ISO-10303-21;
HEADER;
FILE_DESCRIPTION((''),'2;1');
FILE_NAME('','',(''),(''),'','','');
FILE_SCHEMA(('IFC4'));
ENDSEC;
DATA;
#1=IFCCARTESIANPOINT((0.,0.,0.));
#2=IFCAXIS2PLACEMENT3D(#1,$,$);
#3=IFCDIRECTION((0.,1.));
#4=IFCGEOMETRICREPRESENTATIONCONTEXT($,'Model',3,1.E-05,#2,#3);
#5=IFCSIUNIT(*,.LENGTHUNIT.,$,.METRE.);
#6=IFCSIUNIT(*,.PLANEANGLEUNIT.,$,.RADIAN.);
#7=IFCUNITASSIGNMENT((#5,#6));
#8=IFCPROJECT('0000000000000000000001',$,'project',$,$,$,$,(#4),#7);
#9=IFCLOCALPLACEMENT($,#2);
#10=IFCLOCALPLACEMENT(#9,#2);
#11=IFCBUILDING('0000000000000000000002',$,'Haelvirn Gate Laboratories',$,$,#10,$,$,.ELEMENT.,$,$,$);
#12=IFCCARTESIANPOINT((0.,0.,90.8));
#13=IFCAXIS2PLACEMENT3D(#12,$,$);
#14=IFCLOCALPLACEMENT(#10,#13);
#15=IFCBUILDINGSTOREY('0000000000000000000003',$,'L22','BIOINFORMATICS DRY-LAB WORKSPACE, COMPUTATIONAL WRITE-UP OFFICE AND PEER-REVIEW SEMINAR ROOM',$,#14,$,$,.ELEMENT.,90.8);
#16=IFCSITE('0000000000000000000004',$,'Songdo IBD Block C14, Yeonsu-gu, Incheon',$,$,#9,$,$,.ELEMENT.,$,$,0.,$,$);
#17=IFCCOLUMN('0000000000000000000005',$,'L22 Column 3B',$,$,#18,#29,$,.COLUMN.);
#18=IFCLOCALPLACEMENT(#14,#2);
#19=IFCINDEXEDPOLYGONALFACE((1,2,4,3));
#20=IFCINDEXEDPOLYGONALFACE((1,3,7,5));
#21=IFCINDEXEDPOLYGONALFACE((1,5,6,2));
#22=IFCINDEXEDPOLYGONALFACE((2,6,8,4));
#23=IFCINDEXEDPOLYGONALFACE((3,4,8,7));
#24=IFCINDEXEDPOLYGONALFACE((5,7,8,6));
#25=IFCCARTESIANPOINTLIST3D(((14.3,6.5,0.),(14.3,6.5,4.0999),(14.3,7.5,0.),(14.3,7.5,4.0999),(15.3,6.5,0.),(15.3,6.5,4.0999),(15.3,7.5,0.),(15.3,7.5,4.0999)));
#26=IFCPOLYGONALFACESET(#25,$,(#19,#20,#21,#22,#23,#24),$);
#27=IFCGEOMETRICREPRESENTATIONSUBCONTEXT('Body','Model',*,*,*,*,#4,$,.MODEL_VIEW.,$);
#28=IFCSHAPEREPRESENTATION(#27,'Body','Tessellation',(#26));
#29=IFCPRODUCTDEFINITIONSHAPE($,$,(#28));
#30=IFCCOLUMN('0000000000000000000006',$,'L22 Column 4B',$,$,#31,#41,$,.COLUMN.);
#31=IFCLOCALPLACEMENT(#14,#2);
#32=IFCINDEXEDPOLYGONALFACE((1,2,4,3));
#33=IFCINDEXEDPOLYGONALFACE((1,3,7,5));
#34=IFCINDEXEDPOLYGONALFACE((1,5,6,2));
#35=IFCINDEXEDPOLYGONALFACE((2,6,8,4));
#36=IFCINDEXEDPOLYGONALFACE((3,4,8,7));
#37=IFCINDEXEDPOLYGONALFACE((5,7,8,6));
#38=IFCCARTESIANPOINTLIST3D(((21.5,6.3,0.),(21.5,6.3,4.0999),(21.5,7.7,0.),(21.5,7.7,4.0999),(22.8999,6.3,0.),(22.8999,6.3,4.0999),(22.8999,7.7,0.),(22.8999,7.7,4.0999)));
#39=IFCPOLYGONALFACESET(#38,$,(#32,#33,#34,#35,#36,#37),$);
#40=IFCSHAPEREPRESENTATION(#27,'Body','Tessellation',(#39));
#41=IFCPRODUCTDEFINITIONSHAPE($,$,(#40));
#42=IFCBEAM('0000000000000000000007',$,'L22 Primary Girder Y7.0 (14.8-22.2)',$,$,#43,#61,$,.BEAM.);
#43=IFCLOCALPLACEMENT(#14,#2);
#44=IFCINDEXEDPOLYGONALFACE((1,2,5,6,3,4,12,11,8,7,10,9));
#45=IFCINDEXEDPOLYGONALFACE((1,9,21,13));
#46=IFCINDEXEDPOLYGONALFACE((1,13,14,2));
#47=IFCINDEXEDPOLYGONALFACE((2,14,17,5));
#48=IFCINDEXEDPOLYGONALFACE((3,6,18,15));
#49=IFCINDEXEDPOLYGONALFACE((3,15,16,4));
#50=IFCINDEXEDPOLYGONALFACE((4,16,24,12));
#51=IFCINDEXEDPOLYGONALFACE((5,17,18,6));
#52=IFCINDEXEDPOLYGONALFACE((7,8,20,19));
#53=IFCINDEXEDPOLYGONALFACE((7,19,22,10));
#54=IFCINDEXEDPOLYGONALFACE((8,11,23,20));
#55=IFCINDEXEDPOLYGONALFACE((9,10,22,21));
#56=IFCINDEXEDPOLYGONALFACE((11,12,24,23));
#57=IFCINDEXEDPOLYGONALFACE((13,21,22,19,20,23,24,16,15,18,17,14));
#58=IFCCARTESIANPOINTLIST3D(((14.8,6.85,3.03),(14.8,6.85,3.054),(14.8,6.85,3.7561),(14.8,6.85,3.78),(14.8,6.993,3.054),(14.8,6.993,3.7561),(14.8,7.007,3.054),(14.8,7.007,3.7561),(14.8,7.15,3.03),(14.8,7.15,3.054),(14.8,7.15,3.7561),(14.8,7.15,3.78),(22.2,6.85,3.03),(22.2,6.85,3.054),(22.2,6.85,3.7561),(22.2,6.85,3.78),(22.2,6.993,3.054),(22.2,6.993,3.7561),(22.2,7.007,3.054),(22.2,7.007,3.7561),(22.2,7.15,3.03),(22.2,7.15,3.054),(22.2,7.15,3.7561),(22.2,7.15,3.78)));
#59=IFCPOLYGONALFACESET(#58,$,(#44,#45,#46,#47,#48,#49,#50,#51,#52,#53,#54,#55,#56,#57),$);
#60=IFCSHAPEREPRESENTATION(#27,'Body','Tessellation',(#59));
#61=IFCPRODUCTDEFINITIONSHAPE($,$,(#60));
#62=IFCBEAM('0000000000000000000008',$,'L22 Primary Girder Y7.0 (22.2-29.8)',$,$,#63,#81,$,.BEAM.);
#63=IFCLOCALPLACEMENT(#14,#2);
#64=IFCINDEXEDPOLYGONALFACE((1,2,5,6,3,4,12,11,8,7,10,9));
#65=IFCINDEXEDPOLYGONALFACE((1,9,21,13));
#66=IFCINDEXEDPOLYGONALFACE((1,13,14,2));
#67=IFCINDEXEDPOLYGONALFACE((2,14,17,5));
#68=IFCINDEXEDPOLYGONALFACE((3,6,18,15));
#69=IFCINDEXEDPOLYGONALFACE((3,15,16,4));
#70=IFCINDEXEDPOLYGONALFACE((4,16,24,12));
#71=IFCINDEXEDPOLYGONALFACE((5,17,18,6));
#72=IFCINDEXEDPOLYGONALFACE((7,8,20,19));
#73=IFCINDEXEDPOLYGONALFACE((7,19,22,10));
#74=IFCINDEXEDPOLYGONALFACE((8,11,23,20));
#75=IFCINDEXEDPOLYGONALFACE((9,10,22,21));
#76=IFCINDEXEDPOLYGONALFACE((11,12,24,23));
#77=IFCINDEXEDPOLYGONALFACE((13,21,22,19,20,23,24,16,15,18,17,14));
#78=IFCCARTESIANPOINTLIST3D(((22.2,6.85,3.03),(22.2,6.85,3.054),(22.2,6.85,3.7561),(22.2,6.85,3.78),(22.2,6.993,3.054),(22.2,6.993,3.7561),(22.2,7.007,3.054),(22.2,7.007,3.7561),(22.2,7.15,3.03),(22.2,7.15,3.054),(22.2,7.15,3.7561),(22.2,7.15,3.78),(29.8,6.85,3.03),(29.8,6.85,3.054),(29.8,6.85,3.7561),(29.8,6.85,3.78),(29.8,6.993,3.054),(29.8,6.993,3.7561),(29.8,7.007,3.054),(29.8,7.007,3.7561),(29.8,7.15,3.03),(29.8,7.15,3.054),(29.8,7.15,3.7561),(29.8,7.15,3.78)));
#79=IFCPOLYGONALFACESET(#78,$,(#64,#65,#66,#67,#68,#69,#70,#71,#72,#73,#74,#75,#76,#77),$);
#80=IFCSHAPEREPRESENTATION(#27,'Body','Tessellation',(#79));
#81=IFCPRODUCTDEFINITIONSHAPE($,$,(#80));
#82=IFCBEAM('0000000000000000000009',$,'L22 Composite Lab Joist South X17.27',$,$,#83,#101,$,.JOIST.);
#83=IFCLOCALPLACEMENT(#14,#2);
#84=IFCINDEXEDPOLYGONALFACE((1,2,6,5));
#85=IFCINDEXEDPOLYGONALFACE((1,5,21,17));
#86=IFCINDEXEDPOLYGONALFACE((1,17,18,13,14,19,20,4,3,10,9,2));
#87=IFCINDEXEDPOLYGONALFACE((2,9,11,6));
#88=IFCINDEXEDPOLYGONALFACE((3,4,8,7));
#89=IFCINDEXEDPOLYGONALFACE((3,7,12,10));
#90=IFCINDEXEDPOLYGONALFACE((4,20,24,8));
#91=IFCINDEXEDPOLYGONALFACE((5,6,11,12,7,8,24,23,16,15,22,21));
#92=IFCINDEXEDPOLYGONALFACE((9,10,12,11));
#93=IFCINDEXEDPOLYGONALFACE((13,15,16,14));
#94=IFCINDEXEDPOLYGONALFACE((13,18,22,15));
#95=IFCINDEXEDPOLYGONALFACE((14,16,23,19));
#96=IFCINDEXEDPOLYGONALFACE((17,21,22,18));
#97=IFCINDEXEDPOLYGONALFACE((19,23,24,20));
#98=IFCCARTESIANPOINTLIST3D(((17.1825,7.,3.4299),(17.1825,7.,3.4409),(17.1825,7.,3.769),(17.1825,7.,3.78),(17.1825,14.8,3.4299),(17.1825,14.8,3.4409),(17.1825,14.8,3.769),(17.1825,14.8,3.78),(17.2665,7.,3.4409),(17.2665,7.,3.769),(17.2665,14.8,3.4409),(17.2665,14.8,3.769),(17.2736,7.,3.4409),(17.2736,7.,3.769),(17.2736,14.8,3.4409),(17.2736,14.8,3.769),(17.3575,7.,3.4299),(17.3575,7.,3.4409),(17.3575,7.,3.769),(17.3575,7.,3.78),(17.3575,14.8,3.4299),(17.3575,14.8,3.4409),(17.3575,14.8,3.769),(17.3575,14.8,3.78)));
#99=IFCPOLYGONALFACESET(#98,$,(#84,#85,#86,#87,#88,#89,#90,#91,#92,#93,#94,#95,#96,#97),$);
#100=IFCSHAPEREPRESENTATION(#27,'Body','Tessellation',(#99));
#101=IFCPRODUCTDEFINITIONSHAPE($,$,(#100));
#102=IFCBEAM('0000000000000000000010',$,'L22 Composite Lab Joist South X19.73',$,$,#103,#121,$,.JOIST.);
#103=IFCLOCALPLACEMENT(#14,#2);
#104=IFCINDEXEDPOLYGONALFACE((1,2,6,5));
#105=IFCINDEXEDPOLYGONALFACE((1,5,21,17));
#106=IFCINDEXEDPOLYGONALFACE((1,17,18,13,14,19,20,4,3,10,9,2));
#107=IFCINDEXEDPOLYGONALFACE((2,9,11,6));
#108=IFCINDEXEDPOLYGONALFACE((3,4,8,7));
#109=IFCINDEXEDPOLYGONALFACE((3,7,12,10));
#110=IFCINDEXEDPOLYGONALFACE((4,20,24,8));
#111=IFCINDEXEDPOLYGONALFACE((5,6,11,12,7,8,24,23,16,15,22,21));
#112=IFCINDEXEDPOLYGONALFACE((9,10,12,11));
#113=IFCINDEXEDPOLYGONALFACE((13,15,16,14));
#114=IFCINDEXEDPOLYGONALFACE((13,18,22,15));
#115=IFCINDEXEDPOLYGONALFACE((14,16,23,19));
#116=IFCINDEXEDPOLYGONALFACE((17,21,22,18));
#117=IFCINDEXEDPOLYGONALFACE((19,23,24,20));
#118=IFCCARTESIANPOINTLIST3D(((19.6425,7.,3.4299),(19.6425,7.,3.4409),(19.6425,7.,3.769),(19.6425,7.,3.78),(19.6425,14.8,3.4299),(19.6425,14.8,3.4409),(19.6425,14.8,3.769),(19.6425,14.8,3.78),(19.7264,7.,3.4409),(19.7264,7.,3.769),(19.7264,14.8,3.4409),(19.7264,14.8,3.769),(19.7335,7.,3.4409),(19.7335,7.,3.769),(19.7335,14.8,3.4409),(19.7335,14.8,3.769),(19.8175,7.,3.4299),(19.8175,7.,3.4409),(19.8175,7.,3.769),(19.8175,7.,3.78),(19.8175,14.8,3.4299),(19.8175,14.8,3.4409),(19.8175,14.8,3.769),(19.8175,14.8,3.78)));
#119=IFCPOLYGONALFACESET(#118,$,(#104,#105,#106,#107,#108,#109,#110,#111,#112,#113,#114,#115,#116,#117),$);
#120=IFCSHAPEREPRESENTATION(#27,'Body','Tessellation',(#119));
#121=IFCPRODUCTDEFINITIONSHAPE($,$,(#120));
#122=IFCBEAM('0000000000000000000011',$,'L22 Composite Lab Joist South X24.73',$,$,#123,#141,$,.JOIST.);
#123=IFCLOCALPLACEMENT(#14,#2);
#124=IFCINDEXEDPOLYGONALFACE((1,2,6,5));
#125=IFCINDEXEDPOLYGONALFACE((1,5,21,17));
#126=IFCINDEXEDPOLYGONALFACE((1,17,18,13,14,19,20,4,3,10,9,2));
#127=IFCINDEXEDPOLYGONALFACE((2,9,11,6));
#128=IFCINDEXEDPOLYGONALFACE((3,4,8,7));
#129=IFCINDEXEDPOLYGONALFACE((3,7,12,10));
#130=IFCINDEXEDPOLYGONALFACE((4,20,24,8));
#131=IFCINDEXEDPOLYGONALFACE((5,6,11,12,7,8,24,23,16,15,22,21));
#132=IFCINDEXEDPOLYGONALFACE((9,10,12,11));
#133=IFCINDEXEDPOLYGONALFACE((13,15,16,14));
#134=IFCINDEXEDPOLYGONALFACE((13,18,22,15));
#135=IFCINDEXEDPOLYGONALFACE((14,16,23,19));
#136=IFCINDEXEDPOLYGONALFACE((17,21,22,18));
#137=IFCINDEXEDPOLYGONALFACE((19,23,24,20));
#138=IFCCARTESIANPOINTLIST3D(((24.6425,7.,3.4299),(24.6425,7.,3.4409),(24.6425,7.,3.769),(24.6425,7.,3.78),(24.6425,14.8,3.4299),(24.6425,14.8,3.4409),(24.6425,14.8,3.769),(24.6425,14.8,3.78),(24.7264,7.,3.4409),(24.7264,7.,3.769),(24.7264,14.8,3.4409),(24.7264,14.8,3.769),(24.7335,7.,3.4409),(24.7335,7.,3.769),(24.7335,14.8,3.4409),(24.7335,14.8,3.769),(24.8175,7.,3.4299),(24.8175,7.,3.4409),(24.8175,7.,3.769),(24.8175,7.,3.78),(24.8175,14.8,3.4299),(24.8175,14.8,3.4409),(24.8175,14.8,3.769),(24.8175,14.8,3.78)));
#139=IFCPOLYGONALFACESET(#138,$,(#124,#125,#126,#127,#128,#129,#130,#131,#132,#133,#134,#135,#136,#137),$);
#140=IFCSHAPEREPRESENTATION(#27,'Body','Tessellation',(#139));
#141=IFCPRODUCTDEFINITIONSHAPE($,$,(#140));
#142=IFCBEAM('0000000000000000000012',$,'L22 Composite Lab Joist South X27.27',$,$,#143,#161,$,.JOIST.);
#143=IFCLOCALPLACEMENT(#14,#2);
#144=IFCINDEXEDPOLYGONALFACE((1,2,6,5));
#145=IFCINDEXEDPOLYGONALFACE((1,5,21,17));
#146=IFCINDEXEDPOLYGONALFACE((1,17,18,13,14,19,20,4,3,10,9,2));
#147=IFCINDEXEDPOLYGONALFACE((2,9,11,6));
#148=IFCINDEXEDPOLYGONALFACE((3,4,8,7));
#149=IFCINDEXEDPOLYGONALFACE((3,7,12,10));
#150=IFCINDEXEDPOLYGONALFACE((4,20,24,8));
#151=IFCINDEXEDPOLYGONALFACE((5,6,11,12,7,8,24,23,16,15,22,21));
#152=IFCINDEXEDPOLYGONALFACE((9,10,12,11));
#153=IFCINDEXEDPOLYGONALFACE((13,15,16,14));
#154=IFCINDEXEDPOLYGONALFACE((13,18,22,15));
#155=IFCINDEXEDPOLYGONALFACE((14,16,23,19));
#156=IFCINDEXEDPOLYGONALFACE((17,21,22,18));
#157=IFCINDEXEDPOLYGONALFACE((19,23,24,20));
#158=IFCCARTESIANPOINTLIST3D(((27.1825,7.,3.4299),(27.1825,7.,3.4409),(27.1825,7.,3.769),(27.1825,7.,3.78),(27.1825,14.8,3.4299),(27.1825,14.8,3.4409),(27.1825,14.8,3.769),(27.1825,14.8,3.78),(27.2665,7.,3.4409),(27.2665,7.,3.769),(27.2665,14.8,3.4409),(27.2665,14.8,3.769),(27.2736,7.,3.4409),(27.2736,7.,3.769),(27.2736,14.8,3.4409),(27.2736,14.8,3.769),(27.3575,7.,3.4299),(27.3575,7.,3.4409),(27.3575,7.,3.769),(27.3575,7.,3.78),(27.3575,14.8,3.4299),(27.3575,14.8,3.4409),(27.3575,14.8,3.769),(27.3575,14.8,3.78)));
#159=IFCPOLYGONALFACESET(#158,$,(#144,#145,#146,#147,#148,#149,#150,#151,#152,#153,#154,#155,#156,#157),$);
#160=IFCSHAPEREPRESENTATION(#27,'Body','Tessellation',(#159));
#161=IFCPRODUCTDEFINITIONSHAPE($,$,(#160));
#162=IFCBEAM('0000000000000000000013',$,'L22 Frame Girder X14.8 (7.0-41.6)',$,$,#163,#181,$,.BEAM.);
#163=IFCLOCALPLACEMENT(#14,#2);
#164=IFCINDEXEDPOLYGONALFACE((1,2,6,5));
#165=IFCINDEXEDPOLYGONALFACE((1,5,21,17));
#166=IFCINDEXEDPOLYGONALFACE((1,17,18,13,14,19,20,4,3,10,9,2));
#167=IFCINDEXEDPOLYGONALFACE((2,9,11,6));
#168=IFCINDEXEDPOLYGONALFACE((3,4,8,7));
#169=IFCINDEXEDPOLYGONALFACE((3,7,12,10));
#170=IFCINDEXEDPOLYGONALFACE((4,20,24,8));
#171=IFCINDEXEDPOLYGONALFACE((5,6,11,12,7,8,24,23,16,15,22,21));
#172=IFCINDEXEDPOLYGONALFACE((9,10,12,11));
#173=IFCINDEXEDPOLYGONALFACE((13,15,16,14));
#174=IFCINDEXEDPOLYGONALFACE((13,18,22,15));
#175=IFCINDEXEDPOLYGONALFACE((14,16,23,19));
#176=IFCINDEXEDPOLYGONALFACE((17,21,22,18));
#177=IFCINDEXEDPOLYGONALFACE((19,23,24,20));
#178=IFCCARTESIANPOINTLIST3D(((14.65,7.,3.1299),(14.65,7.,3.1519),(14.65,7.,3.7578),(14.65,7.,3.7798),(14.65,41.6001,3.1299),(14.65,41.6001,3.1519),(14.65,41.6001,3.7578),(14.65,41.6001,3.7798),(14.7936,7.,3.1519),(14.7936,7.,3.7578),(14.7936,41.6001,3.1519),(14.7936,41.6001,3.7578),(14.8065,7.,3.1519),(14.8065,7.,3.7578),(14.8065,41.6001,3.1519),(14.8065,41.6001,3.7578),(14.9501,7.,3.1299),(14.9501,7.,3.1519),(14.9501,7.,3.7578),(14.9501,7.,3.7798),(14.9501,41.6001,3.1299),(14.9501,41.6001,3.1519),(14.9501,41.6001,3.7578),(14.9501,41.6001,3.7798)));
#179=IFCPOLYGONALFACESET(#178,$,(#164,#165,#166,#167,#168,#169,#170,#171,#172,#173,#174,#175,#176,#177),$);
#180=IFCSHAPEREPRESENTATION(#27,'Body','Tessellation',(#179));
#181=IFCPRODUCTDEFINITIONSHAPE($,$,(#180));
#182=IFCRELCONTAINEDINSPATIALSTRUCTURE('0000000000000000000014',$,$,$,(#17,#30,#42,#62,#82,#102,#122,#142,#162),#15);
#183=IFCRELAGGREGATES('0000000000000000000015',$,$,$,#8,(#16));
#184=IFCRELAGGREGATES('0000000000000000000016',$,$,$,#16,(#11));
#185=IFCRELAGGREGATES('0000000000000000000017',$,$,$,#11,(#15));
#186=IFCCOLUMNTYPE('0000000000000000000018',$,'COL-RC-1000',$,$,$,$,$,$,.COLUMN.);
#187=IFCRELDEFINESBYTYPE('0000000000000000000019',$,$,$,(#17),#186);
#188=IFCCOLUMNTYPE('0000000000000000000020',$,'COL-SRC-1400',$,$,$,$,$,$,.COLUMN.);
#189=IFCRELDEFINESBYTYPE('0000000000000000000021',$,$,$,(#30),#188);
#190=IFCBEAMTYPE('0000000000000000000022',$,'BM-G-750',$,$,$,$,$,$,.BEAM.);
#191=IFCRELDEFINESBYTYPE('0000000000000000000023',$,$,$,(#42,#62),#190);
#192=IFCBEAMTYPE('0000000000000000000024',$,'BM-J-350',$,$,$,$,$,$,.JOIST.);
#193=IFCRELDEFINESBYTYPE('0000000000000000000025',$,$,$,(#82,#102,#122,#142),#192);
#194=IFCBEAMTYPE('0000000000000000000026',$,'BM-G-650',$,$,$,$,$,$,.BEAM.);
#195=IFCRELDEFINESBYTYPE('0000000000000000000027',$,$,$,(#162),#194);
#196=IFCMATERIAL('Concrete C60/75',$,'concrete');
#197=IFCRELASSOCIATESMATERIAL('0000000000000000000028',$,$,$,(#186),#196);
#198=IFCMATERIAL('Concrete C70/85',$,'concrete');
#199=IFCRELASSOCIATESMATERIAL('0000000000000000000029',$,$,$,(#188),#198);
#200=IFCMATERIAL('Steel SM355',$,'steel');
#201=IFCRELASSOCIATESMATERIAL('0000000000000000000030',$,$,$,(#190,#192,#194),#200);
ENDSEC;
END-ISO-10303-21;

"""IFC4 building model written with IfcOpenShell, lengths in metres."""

from ifc_helpers import new_model, si_unit, direction, frame, origin, origin_2d, place, context, subcontext, project, spatial, rectangle, i_section, extrude, source, transform, mapped, material, material_profile, profile_set, type_object, type_shapes, element, save


model = new_model("IFC4")

# Units and contexts
model_context = context("Model", 3, precision=1e-05, world=origin(), true_north=direction((0.0, 1.0)))
body_context = subcontext(model_context, "Body", "Model", "MODEL_VIEW")
ifc_project = project(units=[si_unit("LENGTHUNIT", "METRE"), si_unit("PLANEANGLEUNIT", "RADIAN")], contexts=[model_context])

# Site, building, storey
site_placement = place(None, origin())
site = spatial("IfcSite", under=ifc_project, at=site_placement, Name="Songdo IBD Block C14, Yeonsu-gu, Incheon", CompositionType="ELEMENT", RefElevation=0.0)
building_placement = place(site_placement, origin())
building = spatial("IfcBuilding", under=site, at=building_placement, Name="Haelvirn Gate Laboratories", CompositionType="ELEMENT")
storey_placement = place(building_placement, frame((0.0, 0.0, 90.8)))
storey = spatial("IfcBuildingStorey", under=building, at=storey_placement, Name="L22", Description="BIOINFORMATICS DRY-LAB WORKSPACE, COMPUTATIONAL WRITE-UP OFFICE AND PEER-REVIEW SEMINAR ROOM", CompositionType="ELEMENT", Elevation=90.8)

# Columns
ifc_material_1 = material(Name="Concrete C60/75", Category="concrete")
ifc_material_profile_1 = material_profile(ifc_material_1, rectangle(XDim=1.0, YDim=1.0, at=origin_2d()), Name="RC-1000x1000")
ifc_profile_set_1 = profile_set([ifc_material_profile_1], Name="Concrete C60/75")
column_type_1 = type_object("IfcColumnType", Name="COL-RC-1000", PredefinedType="COLUMN", material=ifc_profile_set_1)
shared_shape_1 = source(origin(), body_context, "Body", "SweptSolid", [
    extrude(rectangle(XDim=1.0, YDim=1.0, at=origin_2d()), origin(), (0.0, 0.0, 1.0), 4.0999),
])
type_shapes(column_type_1, [shared_shape_1])
column_1_placement = place(storey_placement, frame((14.8, 7.0, 0.0), z_axis=(0.0, 0.0, 1.0), x_axis=(1.0, 0.0, 0.0)))
element("IfcColumn", 1, at=column_1_placement, inside=storey, type_object=column_type_1, Name="L22 Column 3B", PredefinedType="COLUMN", context=body_context, shape_type="MappedRepresentation", body=[
    mapped(shared_shape_1, transform((0.0, 0.0, 0.0), scale=1.0)),
])
ifc_material_2 = material(Name="Concrete C70/85", Category="concrete")
ifc_material_profile_2 = material_profile(ifc_material_2, rectangle(XDim=1.3999, YDim=1.3999, at=origin_2d()), Name="SRC-1400x1400")
ifc_profile_set_2 = profile_set([ifc_material_profile_2], Name="Concrete C70/85")
column_type_2 = type_object("IfcColumnType", Name="COL-SRC-1400", PredefinedType="COLUMN", material=ifc_profile_set_2)
shared_shape_2 = source(origin(), body_context, "Body", "SweptSolid", [
    extrude(rectangle(XDim=1.3999, YDim=1.3999, at=origin_2d()), origin(), (0.0, 0.0, 1.0), 4.0999),
])
type_shapes(column_type_2, [shared_shape_2])
column_2_placement = place(storey_placement, frame((22.2, 7.0, 0.0), z_axis=(0.0, 0.0, 1.0), x_axis=(1.0, 0.0, 0.0)))
element("IfcColumn", 2, at=column_2_placement, inside=storey, type_object=column_type_2, Name="L22 Column 4B", PredefinedType="COLUMN", context=body_context, shape_type="MappedRepresentation", body=[
    mapped(shared_shape_2, transform((0.0, 0.0, 0.0), scale=1.0)),
])

# Beams
ifc_material_3 = material(Name="Steel SM355", Category="steel")
ifc_material_profile_3 = material_profile(ifc_material_3, i_section(OverallWidth=0.3, OverallDepth=0.75, WebThickness=0.0139, FlangeThickness=0.0239, at=origin_2d()), Name="H-750x300x14x24")
ifc_profile_set_3 = profile_set([ifc_material_profile_3], Name="Steel SM355")
beam_type_1 = type_object("IfcBeamType", Name="BM-G-750", PredefinedType="BEAM", material=ifc_profile_set_3)
shared_shape_3 = source(origin(), body_context, "Body", "SweptSolid", [
    extrude(i_section(OverallWidth=0.3, OverallDepth=0.75, WebThickness=0.0139, FlangeThickness=0.0239, at=origin_2d()), origin(), (0.0, 0.0, 1.0), 7.3999),
])
beam_1_placement = place(storey_placement, frame((14.8, 7.0, 3.405), z_axis=(1.0, 0.0, 0.0), x_axis=(0.0, 1.0, 0.0)))
element("IfcBeam", 3, at=beam_1_placement, inside=storey, type_object=beam_type_1, Name="L22 Primary Girder Y7.0 (14.8-22.2)", PredefinedType="BEAM", context=body_context, shape_type="MappedRepresentation", body=[
    mapped(shared_shape_3, transform((0.0, 0.0, 0.0), scale=1.0)),
])
shared_shape_4 = source(origin(), body_context, "Body", "SweptSolid", [
    extrude(i_section(OverallWidth=0.3, OverallDepth=0.75, WebThickness=0.0139, FlangeThickness=0.0239, at=origin_2d()), origin(), (0.0, 0.0, 1.0), 7.6001),
])
type_shapes(beam_type_1, [shared_shape_3, shared_shape_4])
beam_2_placement = place(storey_placement, frame((22.2, 7.0, 3.405), z_axis=(1.0, 0.0, 0.0), x_axis=(0.0, 1.0, 0.0)))
element("IfcBeam", 4, at=beam_2_placement, inside=storey, type_object=beam_type_1, Name="L22 Primary Girder Y7.0 (22.2-29.8)", PredefinedType="BEAM", context=body_context, shape_type="MappedRepresentation", body=[
    mapped(shared_shape_4, transform((0.0, 0.0, 0.0), scale=1.0)),
])
ifc_material_profile_4 = material_profile(ifc_material_3, i_section(OverallWidth=0.175, OverallDepth=0.3501, WebThickness=0.0071, FlangeThickness=0.011, at=origin_2d()), Name="H-350x175x7x11")
ifc_profile_set_4 = profile_set([ifc_material_profile_4], Name="Steel SM355")
beam_type_2 = type_object("IfcBeamType", Name="BM-J-350", PredefinedType="JOIST", material=ifc_profile_set_4)
shared_shape_5 = source(origin(), body_context, "Body", "SweptSolid", [
    extrude(i_section(OverallWidth=0.175, OverallDepth=0.3501, WebThickness=0.0071, FlangeThickness=0.011, at=origin_2d()), origin(), (0.0, 0.0, 1.0), 7.8),
])
type_shapes(beam_type_2, [shared_shape_5])
for number, where, z_axis, x_axis, name in (
    (5, (17.27, 7.0, 3.605), (0.0, 1.0, 0.0), (-1.0, 0.0, 0.0), "L22 Composite Lab Joist South X17.27"),
    (6, (19.73, 7.0, 3.605), (0.0, 1.0, 0.0), (-1.0, 0.0, 0.0), "L22 Composite Lab Joist South X19.73"),
    (7, (24.73, 7.0, 3.605), (0.0, 1.0, 0.0), (-1.0, 0.0, 0.0), "L22 Composite Lab Joist South X24.73"),
    (8, (27.27, 7.0, 3.605), (0.0, 1.0, 0.0), (-1.0, 0.0, 0.0), "L22 Composite Lab Joist South X27.27"),
):
    element("IfcBeam", number, at=place(storey_placement, frame(where, z_axis=z_axis, x_axis=x_axis)), inside=storey, type_object=beam_type_2, Name=name, PredefinedType="JOIST", context=body_context, shape_type="MappedRepresentation", body=[
        mapped(shared_shape_5, transform((0.0, 0.0, 0.0), scale=1.0)),
    ])
ifc_material_profile_5 = material_profile(ifc_material_3, i_section(OverallWidth=0.3, OverallDepth=0.6499, WebThickness=0.0129, FlangeThickness=0.022, at=origin_2d()), Name="H-650x300x13x22")
ifc_profile_set_5 = profile_set([ifc_material_profile_5], Name="Steel SM355")
beam_type_3 = type_object("IfcBeamType", Name="BM-G-650", PredefinedType="BEAM", material=ifc_profile_set_5)
shared_shape_6 = source(origin(), body_context, "Body", "SweptSolid", [
    extrude(i_section(OverallWidth=0.3, OverallDepth=0.6499, WebThickness=0.0129, FlangeThickness=0.022, at=origin_2d()), origin(), (0.0, 0.0, 1.0), 34.6001),
])
beam_3_placement = place(storey_placement, frame((14.8, 7.0, 3.4548), z_axis=(0.0, 1.0, 0.0), x_axis=(-1.0, 0.0, 0.0)))
element("IfcBeam", 9, at=beam_3_placement, inside=storey, type_object=beam_type_3, Name="L22 Frame Girder X14.8 (7.0-41.6)", PredefinedType="BEAM", context=body_context, shape_type="MappedRepresentation", body=[
    mapped(shared_shape_6, transform((0.0, 0.0, 0.0), scale=1.0)),
])

save(model, "model.ifc")
